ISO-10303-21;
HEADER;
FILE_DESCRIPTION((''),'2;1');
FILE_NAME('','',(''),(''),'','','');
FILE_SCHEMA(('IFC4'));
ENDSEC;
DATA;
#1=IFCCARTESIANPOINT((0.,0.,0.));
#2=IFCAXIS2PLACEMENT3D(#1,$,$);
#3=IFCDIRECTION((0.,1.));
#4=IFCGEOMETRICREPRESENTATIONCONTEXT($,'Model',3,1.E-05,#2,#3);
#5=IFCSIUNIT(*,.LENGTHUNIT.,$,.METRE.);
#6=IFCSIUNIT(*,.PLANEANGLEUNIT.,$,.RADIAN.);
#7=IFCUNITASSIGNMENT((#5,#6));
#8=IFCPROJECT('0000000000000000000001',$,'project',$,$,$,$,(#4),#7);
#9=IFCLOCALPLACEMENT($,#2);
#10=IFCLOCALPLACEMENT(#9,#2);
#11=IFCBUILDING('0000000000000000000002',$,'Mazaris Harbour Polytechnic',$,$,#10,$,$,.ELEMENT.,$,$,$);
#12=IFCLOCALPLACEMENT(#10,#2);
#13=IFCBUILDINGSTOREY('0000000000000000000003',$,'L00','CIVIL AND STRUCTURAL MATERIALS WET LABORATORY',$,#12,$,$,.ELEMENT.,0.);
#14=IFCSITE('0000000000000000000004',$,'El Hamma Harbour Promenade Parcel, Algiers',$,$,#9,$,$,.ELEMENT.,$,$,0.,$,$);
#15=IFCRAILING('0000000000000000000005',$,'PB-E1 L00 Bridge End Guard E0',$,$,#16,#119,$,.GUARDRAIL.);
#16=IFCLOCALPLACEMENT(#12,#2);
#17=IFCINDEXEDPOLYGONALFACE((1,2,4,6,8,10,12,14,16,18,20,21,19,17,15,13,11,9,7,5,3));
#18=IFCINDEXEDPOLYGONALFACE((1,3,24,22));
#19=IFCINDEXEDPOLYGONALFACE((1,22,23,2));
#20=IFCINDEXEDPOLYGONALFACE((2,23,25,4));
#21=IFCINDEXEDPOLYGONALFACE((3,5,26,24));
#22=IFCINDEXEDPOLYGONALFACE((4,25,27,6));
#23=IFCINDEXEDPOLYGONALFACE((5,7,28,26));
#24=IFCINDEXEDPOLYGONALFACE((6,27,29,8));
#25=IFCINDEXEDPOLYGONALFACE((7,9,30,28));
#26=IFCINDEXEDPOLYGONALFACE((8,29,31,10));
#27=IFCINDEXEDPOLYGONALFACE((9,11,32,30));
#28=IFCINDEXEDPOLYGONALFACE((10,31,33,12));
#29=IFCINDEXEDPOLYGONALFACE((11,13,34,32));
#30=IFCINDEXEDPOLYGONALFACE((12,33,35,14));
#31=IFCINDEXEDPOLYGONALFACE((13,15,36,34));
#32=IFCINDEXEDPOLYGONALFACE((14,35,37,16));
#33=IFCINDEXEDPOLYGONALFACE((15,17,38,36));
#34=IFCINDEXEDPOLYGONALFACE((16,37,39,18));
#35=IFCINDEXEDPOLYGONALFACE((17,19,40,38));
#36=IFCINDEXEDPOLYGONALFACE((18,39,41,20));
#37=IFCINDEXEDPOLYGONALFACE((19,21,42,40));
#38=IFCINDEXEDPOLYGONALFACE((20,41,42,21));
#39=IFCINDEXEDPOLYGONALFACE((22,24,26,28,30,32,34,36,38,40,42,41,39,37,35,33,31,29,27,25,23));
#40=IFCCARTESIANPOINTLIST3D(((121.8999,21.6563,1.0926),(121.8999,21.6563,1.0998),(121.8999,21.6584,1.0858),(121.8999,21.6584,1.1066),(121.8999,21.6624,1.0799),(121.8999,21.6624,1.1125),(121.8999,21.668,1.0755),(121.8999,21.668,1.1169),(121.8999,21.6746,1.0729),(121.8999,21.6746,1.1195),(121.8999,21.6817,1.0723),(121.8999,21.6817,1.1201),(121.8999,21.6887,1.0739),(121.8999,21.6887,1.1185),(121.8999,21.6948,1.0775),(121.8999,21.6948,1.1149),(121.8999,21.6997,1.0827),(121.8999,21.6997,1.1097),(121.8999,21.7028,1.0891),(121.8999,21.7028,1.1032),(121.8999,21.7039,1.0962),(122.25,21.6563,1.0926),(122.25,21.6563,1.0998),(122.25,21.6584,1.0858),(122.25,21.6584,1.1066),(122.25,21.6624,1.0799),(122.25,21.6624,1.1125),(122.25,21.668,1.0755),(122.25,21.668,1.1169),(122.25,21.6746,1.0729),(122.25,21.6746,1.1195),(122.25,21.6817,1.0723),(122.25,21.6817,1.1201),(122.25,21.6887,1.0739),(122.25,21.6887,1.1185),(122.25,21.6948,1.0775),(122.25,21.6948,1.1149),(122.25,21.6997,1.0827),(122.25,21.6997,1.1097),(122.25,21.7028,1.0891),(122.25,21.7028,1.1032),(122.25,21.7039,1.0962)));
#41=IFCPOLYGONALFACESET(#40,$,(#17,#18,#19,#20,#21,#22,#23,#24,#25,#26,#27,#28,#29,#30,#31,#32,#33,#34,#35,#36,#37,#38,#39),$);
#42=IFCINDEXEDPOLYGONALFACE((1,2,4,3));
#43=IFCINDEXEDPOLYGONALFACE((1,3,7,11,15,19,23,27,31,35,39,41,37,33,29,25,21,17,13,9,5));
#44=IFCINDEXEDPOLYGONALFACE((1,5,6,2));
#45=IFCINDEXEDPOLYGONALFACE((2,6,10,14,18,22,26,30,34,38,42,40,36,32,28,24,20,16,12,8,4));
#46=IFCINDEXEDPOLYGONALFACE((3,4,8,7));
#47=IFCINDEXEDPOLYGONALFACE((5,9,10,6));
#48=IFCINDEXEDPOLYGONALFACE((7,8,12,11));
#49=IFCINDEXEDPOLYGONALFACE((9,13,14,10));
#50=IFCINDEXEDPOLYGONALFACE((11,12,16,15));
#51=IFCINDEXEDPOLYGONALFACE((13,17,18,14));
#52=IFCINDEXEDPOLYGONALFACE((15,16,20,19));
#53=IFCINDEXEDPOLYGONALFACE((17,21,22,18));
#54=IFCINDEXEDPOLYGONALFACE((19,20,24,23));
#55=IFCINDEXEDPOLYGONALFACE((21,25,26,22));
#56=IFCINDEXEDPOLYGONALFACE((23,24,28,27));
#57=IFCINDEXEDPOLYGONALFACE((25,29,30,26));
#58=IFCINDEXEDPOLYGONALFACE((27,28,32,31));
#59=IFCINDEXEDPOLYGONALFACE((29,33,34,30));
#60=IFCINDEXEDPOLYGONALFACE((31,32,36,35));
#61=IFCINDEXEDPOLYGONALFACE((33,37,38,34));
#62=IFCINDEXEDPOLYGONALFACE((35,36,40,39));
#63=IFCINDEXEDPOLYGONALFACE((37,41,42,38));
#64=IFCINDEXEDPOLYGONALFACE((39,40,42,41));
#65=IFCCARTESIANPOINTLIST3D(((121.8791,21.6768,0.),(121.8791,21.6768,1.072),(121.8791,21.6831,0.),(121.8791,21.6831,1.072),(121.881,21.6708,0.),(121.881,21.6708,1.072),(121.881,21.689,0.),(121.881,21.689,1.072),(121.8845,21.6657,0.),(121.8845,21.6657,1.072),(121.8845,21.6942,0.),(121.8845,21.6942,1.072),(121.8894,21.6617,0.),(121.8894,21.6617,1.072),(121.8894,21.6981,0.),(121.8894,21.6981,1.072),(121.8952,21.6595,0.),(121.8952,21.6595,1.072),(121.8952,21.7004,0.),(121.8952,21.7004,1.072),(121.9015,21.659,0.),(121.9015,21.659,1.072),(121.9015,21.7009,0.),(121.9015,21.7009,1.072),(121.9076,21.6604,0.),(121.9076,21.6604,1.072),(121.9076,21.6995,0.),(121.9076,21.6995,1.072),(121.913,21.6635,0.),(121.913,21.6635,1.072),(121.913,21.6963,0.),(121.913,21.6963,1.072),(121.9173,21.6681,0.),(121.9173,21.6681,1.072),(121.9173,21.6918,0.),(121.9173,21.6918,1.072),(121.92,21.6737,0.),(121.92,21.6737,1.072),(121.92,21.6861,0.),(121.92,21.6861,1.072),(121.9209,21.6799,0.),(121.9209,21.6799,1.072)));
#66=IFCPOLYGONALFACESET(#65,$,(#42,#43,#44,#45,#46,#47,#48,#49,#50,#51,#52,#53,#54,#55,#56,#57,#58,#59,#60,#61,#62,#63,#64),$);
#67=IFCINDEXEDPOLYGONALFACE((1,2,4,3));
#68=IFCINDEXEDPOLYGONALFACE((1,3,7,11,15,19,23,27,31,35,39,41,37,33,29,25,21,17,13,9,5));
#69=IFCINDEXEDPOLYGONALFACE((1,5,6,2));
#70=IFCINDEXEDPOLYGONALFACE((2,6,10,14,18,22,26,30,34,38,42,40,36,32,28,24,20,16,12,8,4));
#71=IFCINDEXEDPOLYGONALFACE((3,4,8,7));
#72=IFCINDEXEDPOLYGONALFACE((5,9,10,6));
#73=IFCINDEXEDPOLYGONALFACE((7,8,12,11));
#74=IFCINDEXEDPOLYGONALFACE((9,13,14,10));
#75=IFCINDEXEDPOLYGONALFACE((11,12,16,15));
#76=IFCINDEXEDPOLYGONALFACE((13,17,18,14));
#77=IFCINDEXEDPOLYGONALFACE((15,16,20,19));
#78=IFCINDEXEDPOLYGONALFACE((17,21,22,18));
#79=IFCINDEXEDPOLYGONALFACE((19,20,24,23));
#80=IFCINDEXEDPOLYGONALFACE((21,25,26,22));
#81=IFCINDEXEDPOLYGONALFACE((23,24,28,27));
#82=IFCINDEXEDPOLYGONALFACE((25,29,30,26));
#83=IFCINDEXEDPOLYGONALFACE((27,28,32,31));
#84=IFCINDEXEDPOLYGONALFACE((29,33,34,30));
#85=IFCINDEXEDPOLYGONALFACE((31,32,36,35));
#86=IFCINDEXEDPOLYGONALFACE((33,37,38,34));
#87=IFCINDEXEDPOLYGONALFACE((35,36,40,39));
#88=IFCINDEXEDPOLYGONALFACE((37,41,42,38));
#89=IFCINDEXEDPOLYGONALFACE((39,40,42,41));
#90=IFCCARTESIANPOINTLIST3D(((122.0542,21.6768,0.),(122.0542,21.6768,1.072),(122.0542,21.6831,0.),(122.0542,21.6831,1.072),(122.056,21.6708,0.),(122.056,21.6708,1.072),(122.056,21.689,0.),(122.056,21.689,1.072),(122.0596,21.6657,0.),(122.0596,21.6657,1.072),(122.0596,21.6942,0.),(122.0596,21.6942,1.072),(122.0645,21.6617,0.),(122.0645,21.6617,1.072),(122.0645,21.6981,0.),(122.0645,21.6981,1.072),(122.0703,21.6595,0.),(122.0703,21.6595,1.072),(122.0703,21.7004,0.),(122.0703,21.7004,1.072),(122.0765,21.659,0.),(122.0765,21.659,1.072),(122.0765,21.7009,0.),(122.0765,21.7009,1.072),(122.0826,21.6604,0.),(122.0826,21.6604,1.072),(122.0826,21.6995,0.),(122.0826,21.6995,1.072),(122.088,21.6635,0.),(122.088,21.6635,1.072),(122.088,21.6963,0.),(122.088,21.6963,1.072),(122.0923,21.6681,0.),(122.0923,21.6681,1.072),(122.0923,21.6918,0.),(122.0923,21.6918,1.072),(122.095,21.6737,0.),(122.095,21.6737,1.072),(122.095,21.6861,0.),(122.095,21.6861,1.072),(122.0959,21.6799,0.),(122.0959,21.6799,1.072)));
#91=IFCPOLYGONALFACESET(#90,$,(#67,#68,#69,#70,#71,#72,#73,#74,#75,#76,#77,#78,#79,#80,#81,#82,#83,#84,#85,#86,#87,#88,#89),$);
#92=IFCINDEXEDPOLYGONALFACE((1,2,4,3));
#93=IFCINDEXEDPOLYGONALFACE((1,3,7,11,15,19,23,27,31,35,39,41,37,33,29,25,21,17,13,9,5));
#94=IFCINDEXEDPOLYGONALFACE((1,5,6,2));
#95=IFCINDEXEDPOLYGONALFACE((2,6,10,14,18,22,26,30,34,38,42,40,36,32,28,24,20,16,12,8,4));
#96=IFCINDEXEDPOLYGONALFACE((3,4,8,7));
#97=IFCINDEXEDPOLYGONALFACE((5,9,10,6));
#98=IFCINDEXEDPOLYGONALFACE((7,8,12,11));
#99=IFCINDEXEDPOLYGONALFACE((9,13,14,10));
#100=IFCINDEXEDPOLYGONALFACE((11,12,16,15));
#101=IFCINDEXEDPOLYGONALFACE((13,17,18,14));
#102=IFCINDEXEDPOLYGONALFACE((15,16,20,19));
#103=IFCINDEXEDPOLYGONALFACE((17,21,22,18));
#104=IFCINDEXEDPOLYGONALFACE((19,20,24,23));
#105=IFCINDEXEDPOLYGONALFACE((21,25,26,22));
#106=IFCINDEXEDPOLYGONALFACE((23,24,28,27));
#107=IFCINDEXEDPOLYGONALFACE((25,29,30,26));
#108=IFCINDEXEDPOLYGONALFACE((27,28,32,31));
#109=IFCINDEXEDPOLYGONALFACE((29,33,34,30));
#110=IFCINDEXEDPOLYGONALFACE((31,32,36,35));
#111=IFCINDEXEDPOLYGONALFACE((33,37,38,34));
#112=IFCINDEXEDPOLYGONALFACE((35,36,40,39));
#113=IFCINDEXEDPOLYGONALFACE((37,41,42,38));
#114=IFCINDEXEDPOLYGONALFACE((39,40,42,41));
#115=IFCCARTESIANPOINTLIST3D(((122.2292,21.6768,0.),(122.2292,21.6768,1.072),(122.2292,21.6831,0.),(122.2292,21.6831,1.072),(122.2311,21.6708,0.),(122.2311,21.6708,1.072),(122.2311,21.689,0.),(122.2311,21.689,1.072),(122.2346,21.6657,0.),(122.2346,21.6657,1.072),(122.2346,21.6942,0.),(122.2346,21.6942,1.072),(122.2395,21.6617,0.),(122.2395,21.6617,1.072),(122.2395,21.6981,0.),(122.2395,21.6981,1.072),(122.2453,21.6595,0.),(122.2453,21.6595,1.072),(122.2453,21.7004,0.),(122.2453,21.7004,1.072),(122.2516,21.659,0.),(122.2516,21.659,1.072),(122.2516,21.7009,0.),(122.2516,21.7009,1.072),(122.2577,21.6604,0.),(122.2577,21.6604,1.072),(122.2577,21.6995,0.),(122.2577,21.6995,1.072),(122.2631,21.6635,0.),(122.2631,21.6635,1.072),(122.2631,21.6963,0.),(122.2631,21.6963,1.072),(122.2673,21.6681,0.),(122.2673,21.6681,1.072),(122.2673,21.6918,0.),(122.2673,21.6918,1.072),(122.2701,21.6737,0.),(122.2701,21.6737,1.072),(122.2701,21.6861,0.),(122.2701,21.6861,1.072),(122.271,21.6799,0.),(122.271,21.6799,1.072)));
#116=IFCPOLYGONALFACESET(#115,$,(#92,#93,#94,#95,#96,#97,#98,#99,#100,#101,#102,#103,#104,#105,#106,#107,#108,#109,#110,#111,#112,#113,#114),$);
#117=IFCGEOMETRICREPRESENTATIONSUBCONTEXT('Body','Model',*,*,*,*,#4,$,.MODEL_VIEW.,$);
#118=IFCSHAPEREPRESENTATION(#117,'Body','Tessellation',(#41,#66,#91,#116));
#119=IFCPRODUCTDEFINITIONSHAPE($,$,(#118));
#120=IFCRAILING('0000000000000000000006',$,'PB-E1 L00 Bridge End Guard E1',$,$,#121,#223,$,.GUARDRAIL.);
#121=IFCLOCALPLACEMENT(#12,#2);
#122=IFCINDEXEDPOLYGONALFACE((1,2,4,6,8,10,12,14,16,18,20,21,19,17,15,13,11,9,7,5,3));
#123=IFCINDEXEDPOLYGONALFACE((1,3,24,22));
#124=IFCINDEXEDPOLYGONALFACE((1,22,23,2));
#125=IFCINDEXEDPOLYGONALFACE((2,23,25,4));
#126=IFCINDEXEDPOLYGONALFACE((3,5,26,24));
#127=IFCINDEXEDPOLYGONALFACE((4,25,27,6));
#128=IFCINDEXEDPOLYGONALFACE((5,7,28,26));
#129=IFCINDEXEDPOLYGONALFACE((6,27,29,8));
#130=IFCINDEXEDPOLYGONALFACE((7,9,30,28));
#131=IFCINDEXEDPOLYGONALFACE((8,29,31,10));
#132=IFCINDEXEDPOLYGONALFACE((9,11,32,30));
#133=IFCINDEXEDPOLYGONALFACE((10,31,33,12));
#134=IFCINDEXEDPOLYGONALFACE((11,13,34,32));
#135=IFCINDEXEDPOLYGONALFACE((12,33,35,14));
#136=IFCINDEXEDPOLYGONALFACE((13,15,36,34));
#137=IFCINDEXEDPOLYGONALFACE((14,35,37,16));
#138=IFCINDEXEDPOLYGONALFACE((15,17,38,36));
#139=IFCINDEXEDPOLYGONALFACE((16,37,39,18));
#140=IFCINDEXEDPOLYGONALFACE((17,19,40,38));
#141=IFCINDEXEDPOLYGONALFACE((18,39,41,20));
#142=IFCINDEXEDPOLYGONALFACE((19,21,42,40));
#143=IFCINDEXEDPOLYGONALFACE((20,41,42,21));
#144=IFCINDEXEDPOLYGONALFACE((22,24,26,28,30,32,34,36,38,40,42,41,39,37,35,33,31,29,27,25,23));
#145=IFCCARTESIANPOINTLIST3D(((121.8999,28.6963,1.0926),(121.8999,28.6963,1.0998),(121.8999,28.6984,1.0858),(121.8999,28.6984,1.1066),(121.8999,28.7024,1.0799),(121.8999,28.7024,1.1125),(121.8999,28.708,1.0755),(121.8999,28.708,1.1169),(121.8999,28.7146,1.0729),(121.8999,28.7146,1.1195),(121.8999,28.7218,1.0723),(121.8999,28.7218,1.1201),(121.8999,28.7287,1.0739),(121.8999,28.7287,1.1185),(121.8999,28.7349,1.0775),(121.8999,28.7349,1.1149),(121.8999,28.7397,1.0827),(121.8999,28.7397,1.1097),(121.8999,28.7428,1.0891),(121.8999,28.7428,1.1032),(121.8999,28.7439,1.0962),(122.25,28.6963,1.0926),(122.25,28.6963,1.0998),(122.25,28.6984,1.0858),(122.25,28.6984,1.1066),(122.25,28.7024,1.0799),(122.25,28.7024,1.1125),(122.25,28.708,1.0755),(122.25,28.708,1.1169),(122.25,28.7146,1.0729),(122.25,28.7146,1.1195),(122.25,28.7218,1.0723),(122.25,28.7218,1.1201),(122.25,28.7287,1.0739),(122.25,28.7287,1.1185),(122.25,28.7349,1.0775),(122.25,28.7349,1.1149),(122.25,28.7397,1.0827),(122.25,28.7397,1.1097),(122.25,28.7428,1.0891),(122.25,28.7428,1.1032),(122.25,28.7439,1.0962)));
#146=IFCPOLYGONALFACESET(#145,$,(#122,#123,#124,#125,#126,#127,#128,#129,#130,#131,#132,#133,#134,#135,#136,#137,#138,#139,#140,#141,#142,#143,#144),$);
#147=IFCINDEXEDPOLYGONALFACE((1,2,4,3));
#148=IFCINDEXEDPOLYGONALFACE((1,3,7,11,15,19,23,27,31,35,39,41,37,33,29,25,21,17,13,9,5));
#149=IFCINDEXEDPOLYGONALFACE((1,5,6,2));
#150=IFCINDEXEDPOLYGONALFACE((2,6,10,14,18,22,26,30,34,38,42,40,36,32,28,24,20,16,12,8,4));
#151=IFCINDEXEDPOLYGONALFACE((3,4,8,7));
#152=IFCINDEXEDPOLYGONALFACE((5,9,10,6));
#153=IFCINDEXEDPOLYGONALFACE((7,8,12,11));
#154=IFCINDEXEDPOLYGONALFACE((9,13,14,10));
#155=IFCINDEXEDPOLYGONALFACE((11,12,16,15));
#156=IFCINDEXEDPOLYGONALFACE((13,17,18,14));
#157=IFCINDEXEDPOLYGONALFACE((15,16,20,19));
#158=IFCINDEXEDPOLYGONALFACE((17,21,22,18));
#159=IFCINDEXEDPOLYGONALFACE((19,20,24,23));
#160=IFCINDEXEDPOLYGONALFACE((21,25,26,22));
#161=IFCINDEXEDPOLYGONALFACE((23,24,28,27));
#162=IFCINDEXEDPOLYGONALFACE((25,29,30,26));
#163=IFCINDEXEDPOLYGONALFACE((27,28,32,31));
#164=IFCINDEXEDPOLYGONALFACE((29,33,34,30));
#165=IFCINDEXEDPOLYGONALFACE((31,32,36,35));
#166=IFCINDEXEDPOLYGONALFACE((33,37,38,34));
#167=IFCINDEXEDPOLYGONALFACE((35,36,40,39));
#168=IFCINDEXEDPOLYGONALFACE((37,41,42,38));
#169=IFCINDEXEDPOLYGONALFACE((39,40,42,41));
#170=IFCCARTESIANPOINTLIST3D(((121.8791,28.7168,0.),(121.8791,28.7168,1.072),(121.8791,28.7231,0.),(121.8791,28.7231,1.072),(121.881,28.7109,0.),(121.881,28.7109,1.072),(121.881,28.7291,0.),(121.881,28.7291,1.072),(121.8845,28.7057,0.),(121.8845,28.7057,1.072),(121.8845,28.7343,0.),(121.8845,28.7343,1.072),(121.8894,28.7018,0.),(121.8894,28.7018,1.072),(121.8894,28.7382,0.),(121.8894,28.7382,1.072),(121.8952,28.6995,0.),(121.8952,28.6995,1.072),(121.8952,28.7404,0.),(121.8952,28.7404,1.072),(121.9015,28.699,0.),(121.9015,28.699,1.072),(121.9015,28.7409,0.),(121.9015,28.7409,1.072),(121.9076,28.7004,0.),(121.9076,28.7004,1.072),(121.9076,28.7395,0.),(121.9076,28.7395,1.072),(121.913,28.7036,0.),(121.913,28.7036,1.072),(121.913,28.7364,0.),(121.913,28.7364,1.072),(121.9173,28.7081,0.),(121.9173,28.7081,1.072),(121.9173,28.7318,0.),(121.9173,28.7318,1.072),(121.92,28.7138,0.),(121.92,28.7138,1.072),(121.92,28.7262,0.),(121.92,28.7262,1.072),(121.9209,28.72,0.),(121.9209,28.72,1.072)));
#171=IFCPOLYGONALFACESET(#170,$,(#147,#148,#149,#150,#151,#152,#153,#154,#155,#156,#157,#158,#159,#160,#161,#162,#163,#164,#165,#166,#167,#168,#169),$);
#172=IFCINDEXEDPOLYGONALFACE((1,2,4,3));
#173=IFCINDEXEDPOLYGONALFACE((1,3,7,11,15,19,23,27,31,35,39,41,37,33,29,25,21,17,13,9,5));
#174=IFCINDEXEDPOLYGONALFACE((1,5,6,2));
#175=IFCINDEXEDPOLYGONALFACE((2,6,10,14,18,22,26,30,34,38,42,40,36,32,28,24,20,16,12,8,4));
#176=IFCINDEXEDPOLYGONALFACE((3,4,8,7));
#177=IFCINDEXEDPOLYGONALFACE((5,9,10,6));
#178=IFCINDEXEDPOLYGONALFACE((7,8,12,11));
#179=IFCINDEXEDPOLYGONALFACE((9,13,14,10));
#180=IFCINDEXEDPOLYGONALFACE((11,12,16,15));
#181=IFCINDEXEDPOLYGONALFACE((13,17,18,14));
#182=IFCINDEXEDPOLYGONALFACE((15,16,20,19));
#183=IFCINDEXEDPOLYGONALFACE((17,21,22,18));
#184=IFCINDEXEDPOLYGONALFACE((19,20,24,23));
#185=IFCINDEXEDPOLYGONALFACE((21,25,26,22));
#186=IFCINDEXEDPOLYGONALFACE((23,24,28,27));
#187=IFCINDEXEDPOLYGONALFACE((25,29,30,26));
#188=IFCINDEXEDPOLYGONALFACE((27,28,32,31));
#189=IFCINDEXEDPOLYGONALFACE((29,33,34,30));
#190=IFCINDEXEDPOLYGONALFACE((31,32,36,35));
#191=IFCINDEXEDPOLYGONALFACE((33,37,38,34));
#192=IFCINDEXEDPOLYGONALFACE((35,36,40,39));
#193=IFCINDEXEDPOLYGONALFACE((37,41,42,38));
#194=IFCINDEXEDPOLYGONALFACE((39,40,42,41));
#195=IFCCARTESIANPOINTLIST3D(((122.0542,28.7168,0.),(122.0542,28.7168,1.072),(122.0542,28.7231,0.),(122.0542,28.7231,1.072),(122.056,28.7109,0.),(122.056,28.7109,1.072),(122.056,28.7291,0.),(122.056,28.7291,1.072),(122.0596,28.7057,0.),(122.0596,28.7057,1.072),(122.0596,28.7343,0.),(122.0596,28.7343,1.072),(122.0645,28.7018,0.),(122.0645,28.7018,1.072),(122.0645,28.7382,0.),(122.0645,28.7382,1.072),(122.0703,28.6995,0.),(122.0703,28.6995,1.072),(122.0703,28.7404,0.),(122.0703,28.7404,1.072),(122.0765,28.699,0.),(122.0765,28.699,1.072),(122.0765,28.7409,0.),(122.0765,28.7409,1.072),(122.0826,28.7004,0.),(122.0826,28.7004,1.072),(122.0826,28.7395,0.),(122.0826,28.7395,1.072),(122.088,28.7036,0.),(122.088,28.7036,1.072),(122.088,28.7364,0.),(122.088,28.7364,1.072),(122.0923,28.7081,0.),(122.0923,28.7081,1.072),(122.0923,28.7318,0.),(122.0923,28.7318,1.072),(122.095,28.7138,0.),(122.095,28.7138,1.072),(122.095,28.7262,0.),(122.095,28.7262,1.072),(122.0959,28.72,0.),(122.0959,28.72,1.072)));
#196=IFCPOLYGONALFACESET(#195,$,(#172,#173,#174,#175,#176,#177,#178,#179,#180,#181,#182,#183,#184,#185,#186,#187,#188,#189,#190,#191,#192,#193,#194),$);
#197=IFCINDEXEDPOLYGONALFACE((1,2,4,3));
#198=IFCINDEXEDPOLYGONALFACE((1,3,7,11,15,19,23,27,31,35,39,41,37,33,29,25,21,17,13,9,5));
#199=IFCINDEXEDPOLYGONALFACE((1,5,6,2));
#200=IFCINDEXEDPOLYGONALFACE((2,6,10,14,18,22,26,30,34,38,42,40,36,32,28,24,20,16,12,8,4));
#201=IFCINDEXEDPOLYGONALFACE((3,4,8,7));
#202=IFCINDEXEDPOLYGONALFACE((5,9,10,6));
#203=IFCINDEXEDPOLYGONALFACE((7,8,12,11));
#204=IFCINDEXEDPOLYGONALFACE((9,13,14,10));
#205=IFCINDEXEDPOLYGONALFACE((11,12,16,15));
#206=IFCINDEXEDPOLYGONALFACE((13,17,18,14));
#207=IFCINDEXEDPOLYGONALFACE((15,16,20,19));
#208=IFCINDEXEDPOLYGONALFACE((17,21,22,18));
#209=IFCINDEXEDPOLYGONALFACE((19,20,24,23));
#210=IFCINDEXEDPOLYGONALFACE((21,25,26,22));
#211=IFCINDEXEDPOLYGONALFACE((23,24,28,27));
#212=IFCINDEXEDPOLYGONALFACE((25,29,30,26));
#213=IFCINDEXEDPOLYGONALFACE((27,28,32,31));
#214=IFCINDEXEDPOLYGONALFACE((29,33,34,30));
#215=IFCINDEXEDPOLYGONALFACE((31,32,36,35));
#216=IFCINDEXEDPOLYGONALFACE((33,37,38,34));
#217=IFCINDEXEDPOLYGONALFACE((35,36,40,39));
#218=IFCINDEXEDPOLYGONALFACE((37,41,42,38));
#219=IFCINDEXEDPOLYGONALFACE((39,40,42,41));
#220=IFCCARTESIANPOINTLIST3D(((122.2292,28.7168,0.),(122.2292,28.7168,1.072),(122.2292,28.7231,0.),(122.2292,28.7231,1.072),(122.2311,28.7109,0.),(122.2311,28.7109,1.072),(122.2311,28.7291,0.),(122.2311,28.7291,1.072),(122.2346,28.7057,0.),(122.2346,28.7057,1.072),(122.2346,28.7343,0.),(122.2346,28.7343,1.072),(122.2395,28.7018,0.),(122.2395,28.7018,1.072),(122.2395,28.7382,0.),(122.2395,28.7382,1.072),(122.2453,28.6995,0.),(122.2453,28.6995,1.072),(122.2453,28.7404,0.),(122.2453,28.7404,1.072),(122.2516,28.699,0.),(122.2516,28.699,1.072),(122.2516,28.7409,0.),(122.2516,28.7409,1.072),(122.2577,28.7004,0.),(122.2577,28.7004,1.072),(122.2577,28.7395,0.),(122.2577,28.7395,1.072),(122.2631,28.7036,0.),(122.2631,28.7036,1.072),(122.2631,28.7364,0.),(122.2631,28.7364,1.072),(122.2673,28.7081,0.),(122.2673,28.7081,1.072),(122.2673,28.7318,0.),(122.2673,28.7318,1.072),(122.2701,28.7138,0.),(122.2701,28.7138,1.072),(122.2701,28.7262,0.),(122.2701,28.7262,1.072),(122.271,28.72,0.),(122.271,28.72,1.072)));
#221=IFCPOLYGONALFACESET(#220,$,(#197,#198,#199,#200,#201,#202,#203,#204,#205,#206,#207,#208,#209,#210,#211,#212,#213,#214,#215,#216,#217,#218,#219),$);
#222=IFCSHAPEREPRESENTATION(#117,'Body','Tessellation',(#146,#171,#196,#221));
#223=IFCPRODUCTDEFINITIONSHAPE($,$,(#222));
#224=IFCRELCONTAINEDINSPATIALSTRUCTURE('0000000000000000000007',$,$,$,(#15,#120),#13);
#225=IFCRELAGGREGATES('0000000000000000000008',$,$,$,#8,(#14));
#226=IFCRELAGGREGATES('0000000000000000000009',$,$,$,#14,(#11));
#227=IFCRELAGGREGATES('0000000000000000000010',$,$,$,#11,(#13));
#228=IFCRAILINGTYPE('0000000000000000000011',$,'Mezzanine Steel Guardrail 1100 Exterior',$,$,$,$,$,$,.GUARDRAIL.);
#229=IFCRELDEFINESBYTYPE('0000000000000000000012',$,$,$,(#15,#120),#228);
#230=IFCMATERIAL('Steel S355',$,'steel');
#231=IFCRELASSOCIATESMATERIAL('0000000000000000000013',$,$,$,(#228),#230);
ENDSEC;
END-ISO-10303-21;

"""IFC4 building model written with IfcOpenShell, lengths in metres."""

from ifc_helpers import new_model, si_unit, direction, frame, origin, origin_2d, place, context, subcontext, project, spatial, circle, extrude, material, type_object, element, save


model = new_model("IFC4")

# Units and contexts
model_context = context("Model", 3, precision=1e-05, world=origin(), true_north=direction((0.0, 1.0)))
body_context = subcontext(model_context, "Body", "Model", "MODEL_VIEW")
ifc_project = project(units=[si_unit("LENGTHUNIT", "METRE"), si_unit("PLANEANGLEUNIT", "RADIAN")], contexts=[model_context])

# Site, building, storey
site_placement = place(None, origin())
site = spatial("IfcSite", under=ifc_project, at=site_placement, Name="El Hamma Harbour Promenade Parcel, Algiers", CompositionType="ELEMENT", RefElevation=0.0)
building_placement = place(site_placement, origin())
building = spatial("IfcBuilding", under=site, at=building_placement, Name="Mazaris Harbour Polytechnic", CompositionType="ELEMENT")
storey_placement = place(building_placement, origin())
storey = spatial("IfcBuildingStorey", under=building, at=storey_placement, Name="L00", Description="CIVIL AND STRUCTURAL MATERIALS WET LABORATORY", CompositionType="ELEMENT", Elevation=0.0)

# Railings
ifc_material_1 = material(Name="Steel S355", Category="steel")
railing_type = type_object("IfcRailingType", Name="Mezzanine Steel Guardrail 1100 Exterior", PredefinedType="GUARDRAIL", material=ifc_material_1)
for number, where, name in (
    (1, (121.8999, 21.6799, 0.0), "PB-E1 L00 Bridge End Guard E0"),
    (2, (121.8999, 28.72, 0.0), "PB-E1 L00 Bridge End Guard E1"),
):
    element("IfcRailing", number, at=place(storey_placement, frame(where)), inside=storey, type_object=railing_type, Name=name, PredefinedType="GUARDRAIL", context=body_context, shape_type="SweptSolid", body=[
        extrude(circle(Radius=0.0239, at=origin_2d()), frame((0.0, 0.0, 1.0962), z_axis=(1.0, 0.0, 0.0), x_axis=(0.0, 1.0, 0.0)), (0.0, 0.0, 1.0), 0.3501),
        extrude(circle(Radius=0.021, at=origin_2d()), origin(), (0.0, 0.0, 1.0), 1.072),
        extrude(circle(Radius=0.021, at=origin_2d()), frame((0.175, 0.0, 0.0)), (0.0, 0.0, 1.0), 1.072),
        extrude(circle(Radius=0.021, at=origin_2d()), frame((0.3501, 0.0, 0.0)), (0.0, 0.0, 1.0), 1.072),
    ])

save(model, "model.ifc")
